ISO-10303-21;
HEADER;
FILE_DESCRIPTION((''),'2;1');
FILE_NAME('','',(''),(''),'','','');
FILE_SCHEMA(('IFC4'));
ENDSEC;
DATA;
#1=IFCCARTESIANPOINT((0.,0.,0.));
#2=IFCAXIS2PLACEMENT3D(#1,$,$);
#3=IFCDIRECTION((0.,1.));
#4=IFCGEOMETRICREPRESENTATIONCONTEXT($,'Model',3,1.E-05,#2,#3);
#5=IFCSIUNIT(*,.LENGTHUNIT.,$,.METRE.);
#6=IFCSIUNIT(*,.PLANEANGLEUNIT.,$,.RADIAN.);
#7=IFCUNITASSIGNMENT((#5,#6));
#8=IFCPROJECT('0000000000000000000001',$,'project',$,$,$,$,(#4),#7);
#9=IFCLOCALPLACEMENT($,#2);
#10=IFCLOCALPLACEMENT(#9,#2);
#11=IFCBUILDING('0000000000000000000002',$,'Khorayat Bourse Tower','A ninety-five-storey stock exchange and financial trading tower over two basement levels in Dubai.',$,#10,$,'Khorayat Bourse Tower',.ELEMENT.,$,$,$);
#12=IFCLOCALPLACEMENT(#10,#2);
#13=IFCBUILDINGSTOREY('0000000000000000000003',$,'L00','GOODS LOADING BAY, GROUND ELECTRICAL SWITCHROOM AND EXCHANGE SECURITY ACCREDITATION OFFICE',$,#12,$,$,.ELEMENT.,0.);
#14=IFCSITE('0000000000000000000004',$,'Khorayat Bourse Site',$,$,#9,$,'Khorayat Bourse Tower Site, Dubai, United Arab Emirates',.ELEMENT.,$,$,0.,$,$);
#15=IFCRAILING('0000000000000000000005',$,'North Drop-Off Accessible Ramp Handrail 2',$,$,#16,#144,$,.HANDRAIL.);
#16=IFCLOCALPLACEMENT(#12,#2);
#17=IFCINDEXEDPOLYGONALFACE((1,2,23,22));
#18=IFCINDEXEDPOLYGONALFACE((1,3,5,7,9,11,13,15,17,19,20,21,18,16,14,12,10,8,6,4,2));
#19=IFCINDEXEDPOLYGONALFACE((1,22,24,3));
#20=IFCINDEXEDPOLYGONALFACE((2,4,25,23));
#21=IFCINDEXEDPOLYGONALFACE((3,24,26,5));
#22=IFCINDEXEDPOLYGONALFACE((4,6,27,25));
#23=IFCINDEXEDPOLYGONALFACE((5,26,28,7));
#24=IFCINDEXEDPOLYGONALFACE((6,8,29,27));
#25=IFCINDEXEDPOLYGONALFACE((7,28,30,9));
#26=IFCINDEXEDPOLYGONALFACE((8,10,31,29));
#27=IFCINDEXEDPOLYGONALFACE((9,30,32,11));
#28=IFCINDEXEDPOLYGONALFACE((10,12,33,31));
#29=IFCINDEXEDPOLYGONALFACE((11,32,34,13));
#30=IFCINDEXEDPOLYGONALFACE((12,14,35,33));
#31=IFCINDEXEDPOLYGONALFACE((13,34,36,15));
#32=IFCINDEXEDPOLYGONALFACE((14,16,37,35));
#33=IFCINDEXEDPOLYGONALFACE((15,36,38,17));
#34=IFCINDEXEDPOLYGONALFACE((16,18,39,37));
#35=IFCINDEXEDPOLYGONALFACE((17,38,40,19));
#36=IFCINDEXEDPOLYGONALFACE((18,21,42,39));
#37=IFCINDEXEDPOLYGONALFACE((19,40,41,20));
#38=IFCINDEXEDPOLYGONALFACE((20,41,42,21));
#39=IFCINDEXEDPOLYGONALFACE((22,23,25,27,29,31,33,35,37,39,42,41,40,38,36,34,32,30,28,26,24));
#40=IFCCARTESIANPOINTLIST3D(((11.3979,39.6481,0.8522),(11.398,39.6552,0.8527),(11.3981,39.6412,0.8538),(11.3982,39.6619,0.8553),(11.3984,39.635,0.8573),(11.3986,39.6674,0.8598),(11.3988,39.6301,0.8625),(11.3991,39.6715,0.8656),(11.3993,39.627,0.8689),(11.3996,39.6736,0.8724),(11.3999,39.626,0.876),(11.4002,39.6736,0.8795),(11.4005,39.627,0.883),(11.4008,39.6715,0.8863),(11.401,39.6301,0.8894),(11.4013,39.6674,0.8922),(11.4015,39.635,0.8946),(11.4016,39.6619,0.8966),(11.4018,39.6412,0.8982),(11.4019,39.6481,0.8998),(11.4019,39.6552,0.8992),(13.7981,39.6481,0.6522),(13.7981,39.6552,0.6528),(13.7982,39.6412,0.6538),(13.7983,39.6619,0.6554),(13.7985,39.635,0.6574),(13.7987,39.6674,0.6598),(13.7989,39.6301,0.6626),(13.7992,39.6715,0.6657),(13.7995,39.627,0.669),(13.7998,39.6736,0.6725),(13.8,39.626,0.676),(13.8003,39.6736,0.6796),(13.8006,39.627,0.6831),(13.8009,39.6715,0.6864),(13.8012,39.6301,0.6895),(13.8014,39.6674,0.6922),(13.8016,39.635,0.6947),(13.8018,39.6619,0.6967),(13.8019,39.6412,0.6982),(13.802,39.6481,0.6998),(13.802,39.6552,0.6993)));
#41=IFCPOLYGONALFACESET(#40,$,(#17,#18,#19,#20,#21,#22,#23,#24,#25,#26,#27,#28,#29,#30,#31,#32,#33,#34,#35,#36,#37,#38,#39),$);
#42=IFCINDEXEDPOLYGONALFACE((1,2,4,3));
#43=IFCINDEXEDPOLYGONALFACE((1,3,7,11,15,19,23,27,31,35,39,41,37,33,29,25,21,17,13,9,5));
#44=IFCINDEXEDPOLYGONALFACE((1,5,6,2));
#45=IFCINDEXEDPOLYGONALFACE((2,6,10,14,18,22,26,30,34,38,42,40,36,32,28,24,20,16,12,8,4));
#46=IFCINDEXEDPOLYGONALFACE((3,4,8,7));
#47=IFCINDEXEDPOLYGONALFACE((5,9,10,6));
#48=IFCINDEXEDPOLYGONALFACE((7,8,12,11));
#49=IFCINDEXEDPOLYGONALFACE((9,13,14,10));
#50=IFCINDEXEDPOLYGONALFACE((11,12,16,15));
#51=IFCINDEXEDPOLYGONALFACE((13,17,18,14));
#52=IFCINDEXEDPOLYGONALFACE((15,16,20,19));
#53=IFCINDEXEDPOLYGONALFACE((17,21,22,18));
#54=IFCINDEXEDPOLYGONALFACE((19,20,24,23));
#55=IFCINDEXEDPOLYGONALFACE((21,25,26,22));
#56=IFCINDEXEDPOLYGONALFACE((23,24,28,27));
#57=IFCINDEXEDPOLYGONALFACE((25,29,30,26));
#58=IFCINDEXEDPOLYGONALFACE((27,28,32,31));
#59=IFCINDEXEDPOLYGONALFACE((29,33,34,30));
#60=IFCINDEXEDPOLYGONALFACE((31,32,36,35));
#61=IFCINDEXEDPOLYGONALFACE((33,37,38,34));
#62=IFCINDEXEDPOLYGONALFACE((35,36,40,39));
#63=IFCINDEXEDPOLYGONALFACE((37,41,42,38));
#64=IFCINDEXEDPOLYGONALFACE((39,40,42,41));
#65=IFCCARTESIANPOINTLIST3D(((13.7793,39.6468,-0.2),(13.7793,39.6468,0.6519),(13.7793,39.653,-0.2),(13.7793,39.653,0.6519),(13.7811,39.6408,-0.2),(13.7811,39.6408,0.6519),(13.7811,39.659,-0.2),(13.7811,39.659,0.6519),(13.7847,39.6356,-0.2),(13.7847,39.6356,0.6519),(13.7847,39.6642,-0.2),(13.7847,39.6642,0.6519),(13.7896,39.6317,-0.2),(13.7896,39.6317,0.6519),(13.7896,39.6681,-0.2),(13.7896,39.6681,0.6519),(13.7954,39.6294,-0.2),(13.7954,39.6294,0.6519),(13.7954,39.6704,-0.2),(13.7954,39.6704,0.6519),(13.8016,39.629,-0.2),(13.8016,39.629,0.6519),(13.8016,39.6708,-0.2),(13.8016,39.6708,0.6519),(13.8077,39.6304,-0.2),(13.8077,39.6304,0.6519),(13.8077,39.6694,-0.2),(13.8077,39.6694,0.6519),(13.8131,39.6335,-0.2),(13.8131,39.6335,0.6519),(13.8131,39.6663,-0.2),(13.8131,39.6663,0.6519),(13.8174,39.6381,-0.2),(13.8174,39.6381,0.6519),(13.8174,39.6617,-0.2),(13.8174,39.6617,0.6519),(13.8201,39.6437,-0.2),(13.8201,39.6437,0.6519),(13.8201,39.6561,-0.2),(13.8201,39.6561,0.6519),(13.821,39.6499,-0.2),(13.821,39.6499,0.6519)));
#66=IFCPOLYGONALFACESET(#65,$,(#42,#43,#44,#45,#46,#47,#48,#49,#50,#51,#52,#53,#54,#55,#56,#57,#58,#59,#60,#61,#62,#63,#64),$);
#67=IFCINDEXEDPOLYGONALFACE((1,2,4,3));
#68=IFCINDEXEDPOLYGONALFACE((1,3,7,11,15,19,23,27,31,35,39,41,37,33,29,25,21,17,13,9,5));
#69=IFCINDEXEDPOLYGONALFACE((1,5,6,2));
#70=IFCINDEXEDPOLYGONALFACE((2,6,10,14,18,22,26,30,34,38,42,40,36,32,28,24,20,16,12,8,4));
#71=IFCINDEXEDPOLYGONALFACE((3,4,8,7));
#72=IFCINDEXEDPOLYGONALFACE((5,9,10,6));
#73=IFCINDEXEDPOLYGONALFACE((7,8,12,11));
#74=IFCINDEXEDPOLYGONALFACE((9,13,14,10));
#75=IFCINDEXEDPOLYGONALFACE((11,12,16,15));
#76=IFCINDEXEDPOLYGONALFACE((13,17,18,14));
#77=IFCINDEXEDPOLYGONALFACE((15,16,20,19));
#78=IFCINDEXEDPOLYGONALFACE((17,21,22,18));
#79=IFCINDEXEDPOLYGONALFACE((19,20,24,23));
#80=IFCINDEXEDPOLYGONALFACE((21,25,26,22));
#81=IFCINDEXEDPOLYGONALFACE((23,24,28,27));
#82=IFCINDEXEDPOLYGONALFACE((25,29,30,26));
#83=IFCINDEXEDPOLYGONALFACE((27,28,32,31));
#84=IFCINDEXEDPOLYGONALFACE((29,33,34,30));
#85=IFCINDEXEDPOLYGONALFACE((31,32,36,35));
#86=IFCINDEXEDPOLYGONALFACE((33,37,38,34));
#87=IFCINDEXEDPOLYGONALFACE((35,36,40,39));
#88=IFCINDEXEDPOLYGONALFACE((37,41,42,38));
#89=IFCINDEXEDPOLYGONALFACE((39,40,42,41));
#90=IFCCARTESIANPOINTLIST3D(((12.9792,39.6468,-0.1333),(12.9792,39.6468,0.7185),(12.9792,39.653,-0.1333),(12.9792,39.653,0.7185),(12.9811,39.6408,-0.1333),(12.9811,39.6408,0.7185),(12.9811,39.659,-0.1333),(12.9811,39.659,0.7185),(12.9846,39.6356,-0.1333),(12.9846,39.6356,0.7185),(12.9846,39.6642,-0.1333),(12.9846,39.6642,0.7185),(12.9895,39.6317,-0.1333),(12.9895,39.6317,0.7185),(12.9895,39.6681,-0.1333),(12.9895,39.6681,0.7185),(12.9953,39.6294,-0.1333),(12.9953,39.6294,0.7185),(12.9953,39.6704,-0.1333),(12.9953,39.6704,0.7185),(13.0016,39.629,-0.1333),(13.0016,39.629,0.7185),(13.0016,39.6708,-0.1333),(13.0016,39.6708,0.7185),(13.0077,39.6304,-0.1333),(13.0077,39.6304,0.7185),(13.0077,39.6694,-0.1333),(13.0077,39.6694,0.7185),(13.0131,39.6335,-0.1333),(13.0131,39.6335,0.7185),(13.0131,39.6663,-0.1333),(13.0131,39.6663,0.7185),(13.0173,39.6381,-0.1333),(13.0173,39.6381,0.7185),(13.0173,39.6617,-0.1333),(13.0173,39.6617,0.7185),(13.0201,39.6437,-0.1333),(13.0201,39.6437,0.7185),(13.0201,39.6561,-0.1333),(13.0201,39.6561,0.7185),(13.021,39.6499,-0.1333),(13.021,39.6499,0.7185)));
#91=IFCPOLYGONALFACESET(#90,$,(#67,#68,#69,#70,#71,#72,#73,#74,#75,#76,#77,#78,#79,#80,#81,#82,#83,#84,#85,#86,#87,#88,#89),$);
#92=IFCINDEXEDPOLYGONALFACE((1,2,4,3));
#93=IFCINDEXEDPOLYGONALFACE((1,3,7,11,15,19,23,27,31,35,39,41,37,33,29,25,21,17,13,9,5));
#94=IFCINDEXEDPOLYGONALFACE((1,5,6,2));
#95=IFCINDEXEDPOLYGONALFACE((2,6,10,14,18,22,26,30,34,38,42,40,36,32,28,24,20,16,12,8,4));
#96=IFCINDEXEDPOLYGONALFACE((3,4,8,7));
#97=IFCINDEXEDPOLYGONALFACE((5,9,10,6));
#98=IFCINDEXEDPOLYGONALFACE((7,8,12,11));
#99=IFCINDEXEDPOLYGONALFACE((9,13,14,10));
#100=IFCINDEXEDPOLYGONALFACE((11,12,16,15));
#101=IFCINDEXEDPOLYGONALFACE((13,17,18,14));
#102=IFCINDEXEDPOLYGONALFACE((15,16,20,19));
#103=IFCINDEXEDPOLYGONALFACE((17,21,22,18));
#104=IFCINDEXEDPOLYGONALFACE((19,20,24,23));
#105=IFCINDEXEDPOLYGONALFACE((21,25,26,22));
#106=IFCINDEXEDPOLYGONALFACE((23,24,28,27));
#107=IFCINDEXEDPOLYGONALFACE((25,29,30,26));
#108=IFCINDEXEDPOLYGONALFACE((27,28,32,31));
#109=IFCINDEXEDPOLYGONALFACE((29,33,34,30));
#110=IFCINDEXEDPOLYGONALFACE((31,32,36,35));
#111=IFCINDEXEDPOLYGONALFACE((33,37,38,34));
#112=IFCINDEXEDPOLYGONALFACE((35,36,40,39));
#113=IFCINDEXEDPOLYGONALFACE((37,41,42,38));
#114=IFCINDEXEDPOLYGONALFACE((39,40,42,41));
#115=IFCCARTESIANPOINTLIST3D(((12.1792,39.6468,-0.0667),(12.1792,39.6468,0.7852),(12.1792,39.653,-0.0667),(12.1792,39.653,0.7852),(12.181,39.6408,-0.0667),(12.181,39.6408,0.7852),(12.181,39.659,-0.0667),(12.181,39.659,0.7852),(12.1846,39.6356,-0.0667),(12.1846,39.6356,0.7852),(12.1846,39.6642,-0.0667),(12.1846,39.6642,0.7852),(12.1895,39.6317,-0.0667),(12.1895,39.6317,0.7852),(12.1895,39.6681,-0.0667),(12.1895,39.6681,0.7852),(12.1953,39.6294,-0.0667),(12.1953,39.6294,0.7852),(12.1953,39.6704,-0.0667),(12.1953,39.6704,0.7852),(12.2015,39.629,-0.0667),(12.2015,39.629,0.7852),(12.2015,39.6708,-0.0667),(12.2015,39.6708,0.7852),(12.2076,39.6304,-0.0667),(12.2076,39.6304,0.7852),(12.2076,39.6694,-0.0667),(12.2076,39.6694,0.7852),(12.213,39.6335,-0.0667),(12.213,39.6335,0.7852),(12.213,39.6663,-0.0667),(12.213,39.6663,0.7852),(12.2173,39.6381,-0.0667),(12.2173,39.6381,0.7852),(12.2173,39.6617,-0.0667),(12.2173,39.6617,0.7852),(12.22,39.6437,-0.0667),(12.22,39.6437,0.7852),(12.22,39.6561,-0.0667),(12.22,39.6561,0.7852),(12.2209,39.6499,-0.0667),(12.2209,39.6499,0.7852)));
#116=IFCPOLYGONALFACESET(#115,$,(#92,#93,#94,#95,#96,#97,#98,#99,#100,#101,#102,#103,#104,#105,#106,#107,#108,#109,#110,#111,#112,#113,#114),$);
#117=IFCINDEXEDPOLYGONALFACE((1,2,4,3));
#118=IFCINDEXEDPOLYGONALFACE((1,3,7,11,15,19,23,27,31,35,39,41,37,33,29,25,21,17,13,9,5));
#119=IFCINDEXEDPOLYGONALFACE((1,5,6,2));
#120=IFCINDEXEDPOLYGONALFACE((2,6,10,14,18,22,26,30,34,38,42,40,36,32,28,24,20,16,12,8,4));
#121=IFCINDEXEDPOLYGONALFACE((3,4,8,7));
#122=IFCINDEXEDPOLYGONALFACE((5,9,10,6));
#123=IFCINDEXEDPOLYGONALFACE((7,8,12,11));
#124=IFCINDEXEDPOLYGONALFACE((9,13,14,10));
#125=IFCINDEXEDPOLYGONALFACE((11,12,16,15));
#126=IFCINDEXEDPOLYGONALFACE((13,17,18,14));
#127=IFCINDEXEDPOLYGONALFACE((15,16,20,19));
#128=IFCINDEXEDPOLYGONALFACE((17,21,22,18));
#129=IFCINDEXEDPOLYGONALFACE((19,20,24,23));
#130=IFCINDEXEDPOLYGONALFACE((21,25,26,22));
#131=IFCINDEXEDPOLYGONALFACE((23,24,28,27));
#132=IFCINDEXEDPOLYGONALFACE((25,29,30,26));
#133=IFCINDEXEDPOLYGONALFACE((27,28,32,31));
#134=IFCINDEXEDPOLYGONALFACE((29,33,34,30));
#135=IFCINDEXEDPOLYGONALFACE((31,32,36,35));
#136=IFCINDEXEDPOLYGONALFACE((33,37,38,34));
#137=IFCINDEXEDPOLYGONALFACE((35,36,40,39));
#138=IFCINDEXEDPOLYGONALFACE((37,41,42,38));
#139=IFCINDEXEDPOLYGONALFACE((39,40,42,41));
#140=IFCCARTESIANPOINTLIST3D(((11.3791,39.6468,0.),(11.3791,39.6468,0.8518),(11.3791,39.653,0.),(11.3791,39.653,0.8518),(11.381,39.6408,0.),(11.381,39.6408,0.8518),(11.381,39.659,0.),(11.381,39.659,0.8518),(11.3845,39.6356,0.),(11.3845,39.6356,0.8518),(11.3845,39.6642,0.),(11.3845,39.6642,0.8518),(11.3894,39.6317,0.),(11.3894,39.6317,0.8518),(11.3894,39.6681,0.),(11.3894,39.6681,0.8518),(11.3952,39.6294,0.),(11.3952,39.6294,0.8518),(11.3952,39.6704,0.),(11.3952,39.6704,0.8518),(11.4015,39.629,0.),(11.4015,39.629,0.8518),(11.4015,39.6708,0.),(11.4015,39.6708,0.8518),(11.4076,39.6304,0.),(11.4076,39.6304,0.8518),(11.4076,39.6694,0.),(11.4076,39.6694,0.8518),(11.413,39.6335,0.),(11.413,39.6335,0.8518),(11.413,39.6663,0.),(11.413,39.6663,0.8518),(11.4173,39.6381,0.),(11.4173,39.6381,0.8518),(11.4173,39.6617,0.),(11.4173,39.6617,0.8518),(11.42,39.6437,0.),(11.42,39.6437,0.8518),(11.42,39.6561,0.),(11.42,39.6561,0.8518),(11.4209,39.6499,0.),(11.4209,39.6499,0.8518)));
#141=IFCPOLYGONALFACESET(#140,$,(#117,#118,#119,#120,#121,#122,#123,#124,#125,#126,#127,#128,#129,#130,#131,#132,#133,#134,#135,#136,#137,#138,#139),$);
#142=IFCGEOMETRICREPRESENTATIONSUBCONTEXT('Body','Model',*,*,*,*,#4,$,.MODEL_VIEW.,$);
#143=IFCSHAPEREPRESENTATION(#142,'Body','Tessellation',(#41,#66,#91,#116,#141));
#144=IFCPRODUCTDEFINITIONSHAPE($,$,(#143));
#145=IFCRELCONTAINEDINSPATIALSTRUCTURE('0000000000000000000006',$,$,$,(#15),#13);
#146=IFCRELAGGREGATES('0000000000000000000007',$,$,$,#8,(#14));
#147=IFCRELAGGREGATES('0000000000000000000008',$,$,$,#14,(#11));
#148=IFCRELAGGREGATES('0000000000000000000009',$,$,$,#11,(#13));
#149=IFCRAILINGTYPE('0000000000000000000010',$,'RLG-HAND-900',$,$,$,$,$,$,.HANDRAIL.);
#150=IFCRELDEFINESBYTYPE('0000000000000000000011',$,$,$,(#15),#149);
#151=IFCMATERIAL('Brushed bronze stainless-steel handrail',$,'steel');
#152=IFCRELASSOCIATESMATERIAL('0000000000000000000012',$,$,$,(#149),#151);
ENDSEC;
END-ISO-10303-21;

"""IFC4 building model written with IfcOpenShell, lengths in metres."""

from ifc_helpers import new_model, si_unit, direction, frame, origin, origin_2d, place, context, subcontext, project, spatial, circle, extrude, source, transform, mapped, material, type_object, element, save


model = new_model("IFC4")

# Units and contexts
model_context = context("Model", 3, precision=1e-05, world=origin(), true_north=direction((0.0, 1.0)))
body_context = subcontext(model_context, "Body", "Model", "MODEL_VIEW")
ifc_project = project(units=[si_unit("LENGTHUNIT", "METRE"), si_unit("PLANEANGLEUNIT", "RADIAN")], contexts=[model_context])

# Site, building, storey
site_placement = place(None, origin())
site = spatial("IfcSite", under=ifc_project, at=site_placement, Name="Khorayat Bourse Site", LongName="Khorayat Bourse Tower Site, Dubai, United Arab Emirates", CompositionType="ELEMENT", RefElevation=0.0)
building_placement = place(site_placement, origin())
building = spatial("IfcBuilding", under=site, at=building_placement, Name="Khorayat Bourse Tower", Description="A ninety-five-storey stock exchange and financial trading tower over two basement levels in Dubai.", LongName="Khorayat Bourse Tower", CompositionType="ELEMENT")
storey_placement = place(building_placement, origin())
storey = spatial("IfcBuildingStorey", under=building, at=storey_placement, Name="L00", Description="GOODS LOADING BAY, GROUND ELECTRICAL SWITCHROOM AND EXCHANGE SECURITY ACCREDITATION OFFICE", CompositionType="ELEMENT", Elevation=0.0)

# Railing
ifc_material_1 = material(Name="Brushed bronze stainless-steel handrail", Category="steel")
railing_type = type_object("IfcRailingType", Name="RLG-HAND-900", PredefinedType="HANDRAIL", material=ifc_material_1)
shared_shape_1 = source(origin(), body_context, "Body", "SweptSolid", [
    extrude(circle(Radius=0.0239, at=origin_2d()), frame((0.0, 0.0, 0.876), z_axis=(-0.996548, 0.0, 0.08302), x_axis=(0.0, -1.0, 0.0)), (0.0, 0.0, 1.0), 2.4084),
    extrude(circle(Radius=0.021, at=origin_2d()), origin(), (0.0, 0.0, 1.0), 0.8518),
    extrude(circle(Radius=0.021, at=origin_2d()), frame((-0.8, 0.0, 0.0667)), (0.0, 0.0, 1.0), 0.8518),
    extrude(circle(Radius=0.021, at=origin_2d()), frame((-1.6001, 0.0, 0.1333)), (0.0, 0.0, 1.0), 0.8518),
    extrude(circle(Radius=0.021, at=origin_2d()), frame((-2.4001, 0.0, 0.2)), (0.0, 0.0, 1.0), 0.8518),
])
for number, where, name in (
    (1, (13.8, 39.6499, -0.2), "North Drop-Off Accessible Ramp Handrail 2"),
):
    element("IfcRailing", number, at=place(storey_placement, frame(where)), inside=storey, type_object=railing_type, Name=name, PredefinedType="HANDRAIL", context=body_context, shape_type="MappedRepresentation", body=[
        mapped(shared_shape_1, transform((0.0, 0.0, 0.0), scale=1.0)),
    ])

save(model, "model.ifc")
